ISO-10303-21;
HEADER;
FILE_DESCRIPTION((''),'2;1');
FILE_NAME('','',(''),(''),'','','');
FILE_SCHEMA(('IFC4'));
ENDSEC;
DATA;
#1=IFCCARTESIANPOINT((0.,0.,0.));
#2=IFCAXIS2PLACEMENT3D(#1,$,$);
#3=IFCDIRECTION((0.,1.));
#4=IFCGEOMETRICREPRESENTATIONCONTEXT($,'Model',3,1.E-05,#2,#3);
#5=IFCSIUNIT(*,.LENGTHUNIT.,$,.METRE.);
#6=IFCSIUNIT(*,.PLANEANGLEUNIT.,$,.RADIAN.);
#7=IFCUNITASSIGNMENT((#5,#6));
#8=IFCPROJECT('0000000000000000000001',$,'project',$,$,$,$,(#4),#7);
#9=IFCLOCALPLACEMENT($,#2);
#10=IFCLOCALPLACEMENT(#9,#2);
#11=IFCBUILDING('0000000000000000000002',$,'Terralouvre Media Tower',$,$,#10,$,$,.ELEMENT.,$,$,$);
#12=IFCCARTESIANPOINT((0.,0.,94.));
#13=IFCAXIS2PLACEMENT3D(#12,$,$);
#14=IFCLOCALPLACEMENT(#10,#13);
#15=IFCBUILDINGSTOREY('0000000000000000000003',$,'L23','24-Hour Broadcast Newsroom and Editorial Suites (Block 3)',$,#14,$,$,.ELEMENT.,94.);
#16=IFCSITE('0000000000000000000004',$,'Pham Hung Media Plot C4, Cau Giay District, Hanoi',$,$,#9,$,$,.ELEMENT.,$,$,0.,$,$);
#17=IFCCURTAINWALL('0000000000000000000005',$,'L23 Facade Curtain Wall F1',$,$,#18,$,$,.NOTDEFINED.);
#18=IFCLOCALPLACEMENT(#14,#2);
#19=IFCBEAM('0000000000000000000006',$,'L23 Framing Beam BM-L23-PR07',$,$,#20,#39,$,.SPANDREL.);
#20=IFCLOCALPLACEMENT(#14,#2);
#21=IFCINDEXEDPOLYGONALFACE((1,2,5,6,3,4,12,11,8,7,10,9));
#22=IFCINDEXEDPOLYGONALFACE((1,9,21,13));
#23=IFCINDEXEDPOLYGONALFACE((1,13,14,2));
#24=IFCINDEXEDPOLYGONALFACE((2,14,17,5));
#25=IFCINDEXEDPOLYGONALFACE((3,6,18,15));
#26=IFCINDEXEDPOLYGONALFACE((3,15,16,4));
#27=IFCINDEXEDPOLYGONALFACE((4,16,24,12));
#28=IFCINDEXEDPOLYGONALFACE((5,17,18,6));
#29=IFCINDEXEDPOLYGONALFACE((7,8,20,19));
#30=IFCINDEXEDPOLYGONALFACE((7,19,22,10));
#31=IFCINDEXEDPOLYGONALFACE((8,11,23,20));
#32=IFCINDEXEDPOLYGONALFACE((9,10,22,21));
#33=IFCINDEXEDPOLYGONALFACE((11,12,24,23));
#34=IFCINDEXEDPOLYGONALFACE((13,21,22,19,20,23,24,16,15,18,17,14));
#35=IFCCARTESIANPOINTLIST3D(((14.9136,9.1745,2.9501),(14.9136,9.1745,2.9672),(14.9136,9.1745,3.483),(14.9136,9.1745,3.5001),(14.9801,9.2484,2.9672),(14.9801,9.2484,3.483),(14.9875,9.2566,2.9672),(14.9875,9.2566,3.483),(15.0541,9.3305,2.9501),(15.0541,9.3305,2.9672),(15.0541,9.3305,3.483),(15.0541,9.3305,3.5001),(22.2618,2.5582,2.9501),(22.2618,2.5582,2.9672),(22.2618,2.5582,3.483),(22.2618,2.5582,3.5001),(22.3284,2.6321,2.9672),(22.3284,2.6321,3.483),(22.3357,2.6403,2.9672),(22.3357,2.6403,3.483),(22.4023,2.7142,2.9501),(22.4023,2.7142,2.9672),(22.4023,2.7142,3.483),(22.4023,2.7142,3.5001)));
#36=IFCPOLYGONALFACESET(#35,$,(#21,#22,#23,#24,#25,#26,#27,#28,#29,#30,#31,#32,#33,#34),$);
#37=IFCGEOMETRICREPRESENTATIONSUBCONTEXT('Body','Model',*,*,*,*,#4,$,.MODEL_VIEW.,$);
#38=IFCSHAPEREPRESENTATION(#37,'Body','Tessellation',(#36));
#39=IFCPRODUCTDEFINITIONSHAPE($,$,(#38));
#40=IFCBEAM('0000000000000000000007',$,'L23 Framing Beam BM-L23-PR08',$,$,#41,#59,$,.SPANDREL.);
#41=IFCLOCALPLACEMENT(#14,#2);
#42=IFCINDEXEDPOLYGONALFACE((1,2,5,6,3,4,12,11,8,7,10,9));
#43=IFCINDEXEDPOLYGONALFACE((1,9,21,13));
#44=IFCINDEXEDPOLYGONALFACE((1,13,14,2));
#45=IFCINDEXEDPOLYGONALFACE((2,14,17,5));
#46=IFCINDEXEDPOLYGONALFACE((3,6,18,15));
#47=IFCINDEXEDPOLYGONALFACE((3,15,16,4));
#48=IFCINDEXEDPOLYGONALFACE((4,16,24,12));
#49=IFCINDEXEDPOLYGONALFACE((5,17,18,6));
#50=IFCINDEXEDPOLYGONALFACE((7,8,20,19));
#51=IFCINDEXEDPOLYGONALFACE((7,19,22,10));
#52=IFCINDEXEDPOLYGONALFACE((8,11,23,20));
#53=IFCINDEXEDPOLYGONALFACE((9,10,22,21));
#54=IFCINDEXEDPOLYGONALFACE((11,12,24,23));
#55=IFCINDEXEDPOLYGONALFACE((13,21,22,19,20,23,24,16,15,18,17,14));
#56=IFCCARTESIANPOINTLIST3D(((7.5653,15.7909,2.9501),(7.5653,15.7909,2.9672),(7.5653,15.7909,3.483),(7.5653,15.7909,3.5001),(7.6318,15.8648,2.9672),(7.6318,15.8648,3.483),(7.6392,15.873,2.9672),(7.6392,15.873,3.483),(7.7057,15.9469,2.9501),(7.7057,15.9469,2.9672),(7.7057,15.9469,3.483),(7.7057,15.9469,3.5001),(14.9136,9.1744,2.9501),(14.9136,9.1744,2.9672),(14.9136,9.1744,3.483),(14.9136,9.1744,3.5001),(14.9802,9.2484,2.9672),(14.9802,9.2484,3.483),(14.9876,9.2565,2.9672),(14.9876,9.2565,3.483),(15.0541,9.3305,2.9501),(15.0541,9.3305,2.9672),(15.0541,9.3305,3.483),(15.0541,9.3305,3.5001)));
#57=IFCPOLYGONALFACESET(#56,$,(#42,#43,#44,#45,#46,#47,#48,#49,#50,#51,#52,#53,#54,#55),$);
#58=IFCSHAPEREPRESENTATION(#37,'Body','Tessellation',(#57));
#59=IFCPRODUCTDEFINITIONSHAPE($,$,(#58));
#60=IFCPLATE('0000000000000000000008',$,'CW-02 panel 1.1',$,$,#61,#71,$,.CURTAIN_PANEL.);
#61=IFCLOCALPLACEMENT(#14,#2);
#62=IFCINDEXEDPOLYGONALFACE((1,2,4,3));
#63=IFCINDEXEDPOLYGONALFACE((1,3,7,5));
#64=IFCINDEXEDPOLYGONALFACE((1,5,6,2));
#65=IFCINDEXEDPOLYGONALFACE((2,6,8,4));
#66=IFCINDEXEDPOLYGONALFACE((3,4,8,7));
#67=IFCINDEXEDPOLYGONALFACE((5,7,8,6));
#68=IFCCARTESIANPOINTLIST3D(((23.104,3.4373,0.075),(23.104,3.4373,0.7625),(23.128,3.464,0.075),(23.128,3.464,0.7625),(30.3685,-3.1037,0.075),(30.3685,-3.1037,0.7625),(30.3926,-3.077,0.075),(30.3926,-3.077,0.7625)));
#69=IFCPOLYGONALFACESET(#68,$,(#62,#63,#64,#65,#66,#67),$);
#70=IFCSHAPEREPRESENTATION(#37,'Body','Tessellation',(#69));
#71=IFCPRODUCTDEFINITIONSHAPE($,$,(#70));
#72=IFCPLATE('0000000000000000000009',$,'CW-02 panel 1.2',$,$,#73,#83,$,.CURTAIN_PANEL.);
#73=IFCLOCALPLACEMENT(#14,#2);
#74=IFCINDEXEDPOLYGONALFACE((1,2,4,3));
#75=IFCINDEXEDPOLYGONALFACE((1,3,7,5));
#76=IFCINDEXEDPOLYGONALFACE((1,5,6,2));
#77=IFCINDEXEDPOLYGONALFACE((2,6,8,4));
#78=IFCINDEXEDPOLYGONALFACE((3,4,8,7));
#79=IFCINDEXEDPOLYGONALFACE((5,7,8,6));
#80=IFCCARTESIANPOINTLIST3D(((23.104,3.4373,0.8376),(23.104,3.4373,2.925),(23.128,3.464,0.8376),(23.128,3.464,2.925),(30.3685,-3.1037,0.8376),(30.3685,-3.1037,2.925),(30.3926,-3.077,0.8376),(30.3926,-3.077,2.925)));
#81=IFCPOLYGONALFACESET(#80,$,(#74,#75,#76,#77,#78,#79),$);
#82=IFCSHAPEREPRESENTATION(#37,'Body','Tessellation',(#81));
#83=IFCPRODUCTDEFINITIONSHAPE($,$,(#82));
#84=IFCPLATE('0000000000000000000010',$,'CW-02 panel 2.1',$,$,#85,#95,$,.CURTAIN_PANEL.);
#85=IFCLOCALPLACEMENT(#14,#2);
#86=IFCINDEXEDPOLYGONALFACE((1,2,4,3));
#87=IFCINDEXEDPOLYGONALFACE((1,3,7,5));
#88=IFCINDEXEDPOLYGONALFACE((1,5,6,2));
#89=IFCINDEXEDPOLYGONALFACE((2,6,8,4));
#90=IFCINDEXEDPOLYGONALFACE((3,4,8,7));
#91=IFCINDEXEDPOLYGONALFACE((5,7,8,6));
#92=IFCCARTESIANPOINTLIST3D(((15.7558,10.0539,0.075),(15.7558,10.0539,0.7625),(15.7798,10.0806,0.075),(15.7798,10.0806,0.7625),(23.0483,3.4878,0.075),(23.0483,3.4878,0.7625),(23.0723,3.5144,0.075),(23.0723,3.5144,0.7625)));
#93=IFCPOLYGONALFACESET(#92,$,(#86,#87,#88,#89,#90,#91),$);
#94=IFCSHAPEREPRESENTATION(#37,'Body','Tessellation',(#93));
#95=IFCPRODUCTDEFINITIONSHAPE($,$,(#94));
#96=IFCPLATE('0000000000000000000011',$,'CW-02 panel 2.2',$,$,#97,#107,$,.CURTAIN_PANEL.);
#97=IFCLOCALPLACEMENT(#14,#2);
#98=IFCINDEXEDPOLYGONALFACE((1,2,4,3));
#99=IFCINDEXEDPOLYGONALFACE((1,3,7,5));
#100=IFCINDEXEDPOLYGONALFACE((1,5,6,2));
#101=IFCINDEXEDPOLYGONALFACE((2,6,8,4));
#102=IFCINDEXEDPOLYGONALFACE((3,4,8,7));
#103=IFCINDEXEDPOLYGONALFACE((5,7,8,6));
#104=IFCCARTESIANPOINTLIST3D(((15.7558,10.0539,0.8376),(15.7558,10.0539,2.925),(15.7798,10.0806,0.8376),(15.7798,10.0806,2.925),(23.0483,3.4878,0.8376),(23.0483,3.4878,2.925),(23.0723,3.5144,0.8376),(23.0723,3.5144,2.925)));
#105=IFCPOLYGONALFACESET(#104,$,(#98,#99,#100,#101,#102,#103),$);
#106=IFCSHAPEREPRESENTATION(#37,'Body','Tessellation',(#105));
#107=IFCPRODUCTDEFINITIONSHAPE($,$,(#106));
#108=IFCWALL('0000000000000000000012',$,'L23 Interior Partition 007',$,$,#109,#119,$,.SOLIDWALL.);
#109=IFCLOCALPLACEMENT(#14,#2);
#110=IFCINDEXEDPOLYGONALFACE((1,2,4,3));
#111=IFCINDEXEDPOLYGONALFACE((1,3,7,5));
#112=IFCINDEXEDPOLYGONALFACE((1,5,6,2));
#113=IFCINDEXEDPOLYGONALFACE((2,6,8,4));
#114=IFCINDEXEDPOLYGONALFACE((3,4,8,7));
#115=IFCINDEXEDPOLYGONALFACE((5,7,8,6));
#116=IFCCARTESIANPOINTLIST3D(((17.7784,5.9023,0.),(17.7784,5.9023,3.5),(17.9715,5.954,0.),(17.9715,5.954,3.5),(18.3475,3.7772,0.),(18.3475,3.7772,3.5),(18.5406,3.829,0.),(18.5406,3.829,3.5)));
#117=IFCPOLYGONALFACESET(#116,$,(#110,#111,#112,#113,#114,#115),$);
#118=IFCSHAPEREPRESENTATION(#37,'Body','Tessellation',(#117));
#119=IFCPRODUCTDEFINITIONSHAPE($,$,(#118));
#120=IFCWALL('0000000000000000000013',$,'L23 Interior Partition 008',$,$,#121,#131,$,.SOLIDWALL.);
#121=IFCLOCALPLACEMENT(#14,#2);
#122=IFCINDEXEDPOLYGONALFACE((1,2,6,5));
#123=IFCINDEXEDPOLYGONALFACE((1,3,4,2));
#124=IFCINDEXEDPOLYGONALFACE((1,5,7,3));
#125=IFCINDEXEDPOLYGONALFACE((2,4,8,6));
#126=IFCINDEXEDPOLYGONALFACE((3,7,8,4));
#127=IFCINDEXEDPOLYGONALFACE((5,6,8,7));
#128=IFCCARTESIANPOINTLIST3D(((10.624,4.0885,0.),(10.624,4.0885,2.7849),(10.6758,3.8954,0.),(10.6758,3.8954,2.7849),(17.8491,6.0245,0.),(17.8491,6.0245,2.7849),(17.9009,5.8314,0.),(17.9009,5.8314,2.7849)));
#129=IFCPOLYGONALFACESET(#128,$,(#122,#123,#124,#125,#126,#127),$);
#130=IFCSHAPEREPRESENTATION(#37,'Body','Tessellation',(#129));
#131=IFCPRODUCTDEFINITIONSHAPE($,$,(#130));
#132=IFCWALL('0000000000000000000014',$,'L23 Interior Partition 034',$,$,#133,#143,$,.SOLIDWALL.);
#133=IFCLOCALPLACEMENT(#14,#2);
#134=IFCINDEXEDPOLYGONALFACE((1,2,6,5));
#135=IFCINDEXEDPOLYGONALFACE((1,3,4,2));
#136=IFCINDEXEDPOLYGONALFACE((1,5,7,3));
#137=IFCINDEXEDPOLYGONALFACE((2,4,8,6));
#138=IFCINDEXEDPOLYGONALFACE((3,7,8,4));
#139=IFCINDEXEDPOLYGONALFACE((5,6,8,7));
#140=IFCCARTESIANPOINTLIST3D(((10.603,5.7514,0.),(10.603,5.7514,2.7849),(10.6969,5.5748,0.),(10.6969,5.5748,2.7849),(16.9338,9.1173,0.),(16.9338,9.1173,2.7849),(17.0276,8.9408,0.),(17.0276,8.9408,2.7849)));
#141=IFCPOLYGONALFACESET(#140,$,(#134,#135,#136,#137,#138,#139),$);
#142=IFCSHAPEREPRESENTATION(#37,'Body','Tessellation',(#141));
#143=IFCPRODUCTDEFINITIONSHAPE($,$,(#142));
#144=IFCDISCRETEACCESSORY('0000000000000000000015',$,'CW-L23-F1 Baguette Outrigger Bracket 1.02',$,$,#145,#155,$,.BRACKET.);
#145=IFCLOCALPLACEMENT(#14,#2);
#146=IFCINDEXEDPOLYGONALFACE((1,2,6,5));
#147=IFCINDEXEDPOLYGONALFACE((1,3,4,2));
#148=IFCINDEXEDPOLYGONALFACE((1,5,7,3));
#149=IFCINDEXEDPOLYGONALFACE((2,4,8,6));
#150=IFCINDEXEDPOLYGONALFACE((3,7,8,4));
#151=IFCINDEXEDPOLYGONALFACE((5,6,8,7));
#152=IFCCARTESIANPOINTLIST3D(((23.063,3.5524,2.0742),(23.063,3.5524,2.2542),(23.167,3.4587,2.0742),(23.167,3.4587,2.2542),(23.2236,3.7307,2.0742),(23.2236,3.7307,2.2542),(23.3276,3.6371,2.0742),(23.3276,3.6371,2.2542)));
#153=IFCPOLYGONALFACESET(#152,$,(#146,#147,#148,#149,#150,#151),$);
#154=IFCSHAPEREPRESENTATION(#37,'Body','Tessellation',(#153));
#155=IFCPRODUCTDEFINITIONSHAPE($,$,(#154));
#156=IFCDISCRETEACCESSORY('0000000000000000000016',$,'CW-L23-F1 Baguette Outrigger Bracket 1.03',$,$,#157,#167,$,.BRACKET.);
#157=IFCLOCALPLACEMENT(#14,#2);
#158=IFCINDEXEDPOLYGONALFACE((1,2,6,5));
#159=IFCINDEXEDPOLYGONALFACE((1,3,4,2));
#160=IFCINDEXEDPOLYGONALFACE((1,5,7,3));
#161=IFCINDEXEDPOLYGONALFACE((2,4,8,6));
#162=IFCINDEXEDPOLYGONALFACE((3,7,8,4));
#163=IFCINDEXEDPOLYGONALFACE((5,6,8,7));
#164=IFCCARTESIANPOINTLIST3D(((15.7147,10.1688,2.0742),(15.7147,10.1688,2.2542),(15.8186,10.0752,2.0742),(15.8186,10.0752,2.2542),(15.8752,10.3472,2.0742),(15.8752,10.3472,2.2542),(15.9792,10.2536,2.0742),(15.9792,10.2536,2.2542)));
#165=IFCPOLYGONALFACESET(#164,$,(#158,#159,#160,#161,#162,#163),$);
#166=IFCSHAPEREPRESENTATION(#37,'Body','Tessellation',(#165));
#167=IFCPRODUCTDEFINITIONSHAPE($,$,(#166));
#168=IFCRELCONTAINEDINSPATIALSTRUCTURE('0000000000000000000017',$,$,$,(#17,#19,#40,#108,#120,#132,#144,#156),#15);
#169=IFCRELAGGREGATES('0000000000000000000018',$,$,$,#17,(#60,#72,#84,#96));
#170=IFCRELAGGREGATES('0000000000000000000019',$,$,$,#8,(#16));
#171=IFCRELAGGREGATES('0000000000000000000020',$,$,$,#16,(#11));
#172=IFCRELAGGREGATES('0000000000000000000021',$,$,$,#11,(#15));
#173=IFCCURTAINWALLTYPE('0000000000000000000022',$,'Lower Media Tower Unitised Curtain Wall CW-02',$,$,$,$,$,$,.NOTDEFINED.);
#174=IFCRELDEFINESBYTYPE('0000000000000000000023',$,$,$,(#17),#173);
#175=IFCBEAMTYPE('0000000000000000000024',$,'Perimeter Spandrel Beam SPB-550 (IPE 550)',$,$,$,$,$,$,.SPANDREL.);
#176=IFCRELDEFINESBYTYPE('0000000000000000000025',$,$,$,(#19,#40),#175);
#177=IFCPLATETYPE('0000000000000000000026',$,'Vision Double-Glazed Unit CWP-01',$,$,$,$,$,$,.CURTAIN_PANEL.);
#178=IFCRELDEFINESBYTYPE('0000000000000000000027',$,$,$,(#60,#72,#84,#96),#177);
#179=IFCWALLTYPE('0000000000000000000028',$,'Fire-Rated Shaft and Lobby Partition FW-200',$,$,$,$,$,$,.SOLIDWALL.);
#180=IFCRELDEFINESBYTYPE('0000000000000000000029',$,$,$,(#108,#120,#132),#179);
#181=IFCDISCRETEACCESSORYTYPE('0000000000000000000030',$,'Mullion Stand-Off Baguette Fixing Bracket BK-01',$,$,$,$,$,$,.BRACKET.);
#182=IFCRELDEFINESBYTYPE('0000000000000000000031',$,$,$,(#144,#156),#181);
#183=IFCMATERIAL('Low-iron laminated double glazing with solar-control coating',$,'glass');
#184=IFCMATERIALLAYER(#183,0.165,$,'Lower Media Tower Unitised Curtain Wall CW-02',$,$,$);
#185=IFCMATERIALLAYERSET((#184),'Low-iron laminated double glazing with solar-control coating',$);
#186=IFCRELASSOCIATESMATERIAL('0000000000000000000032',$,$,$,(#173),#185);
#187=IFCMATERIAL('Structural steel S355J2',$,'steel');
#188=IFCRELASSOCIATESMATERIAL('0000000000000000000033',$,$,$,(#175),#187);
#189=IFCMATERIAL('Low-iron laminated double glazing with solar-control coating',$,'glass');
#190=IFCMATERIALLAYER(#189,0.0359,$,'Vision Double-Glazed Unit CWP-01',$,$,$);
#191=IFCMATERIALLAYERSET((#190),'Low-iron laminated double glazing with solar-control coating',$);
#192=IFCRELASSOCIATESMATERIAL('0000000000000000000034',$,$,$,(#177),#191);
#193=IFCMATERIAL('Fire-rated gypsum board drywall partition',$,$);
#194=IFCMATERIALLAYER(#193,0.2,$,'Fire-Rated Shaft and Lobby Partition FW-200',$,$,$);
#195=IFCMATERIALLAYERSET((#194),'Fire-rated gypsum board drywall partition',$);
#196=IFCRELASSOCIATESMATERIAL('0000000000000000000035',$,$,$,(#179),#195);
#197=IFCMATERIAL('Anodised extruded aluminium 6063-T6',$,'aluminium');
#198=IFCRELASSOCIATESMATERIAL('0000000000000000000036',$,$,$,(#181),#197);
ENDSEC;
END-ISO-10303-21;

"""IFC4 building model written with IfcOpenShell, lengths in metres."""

from ifc_helpers import new_model, si_unit, direction, frame, frame_2d, origin, origin_2d, place, context, subcontext, project, spatial, rectangle, i_section, extrude, material, layer, layer_set, material_profile, profile_set, type_object, element, aggregate, save


model = new_model("IFC4")

# Units and contexts
model_context = context("Model", 3, precision=1e-05, world=origin(), true_north=direction((0.0, 1.0)))
body_context = subcontext(model_context, "Body", "Model", "MODEL_VIEW")
ifc_project = project(units=[si_unit("LENGTHUNIT", "METRE"), si_unit("PLANEANGLEUNIT", "RADIAN")], contexts=[model_context])

# Site, building, storey
site_placement = place(None, origin())
site = spatial("IfcSite", under=ifc_project, at=site_placement, Name="Pham Hung Media Plot C4, Cau Giay District, Hanoi", CompositionType="ELEMENT", RefElevation=0.0)
building_placement = place(site_placement, origin())
building = spatial("IfcBuilding", under=site, at=building_placement, Name="Terralouvre Media Tower", CompositionType="ELEMENT")
storey_placement = place(building_placement, frame((0.0, 0.0, 94.0)))
storey = spatial("IfcBuildingStorey", under=building, at=storey_placement, Name="L23", Description="24-Hour Broadcast Newsroom and Editorial Suites (Block 3)", CompositionType="ELEMENT", Elevation=94.0)

# Curtain wall
ifc_material_1 = material(Name="Low-iron laminated double glazing with solar-control coating", Category="glass")
ifc_layer_1 = layer(ifc_material_1, 0.165, Name="Lower Media Tower Unitised Curtain Wall CW-02")
ifc_layer_set_1 = layer_set([ifc_layer_1], Name="Low-iron laminated double glazing with solar-control coating")
curtain_wall_type = type_object("IfcCurtainWallType", Name="Lower Media Tower Unitised Curtain Wall CW-02", PredefinedType="NOTDEFINED", material=ifc_layer_set_1)
curtain_wall_placement = place(storey_placement, origin())
curtain_wall = element("IfcCurtainWall", 1, at=curtain_wall_placement, inside=storey, type_object=curtain_wall_type, Name="L23 Facade Curtain Wall F1", PredefinedType="NOTDEFINED")

# Beams
ifc_material_2 = material(Name="Structural steel S355J2", Category="steel")
ifc_material_profile_1 = material_profile(ifc_material_2, i_section(OverallWidth=0.21, OverallDepth=0.55, WebThickness=0.011, FlangeThickness=0.0171, at=origin_2d()), Name="IPE 550")
ifc_profile_set_1 = profile_set([ifc_material_profile_1], Name="Structural steel S355J2")
beam_type_1 = type_object("IfcBeamType", Name="Perimeter Spandrel Beam SPB-550 (IPE 550)", PredefinedType="SPANDREL", material=ifc_profile_set_1)
beam_1_placement = place(storey_placement, frame((22.332, 2.6362, 3.2251), z_axis=(-0.743149, 0.669126, 0.0), x_axis=(-0.669126, -0.743149, 0.0)))
element("IfcBeam", 2, at=beam_1_placement, inside=storey, type_object=beam_type_1, Name="L23 Framing Beam BM-L23-PR07", PredefinedType="SPANDREL", context=body_context, shape_type="SweptSolid", body=[
    extrude(i_section(OverallWidth=0.21, OverallDepth=0.55, WebThickness=0.011, FlangeThickness=0.0171, at=origin_2d()), origin(), (0.0, 0.0, 1.0), 9.8879),
])
beam_2_placement = place(storey_placement, frame((14.9839, 9.2524, 3.2251), z_axis=(-0.743148, 0.669127, 0.0), x_axis=(-0.669127, -0.743148, 0.0)))
element("IfcBeam", 3, at=beam_2_placement, inside=storey, type_object=beam_type_1, Name="L23 Framing Beam BM-L23-PR08", PredefinedType="SPANDREL", context=body_context, shape_type="SweptSolid", body=[
    extrude(i_section(OverallWidth=0.21, OverallDepth=0.55, WebThickness=0.011, FlangeThickness=0.0171, at=origin_2d()), origin(), (0.0, 0.0, 1.0), 9.8882),
])

# Plates
ifc_material_3 = material(Name="Low-iron laminated double glazing with solar-control coating", Category="glass")
ifc_layer_2 = layer(ifc_material_3, 0.0359, Name="Vision Double-Glazed Unit CWP-01")
ifc_layer_set_2 = layer_set([ifc_layer_2], Name="Low-iron laminated double glazing with solar-control coating")
plate_type = type_object("IfcPlateType", Name="Vision Double-Glazed Unit CWP-01", PredefinedType="CURTAIN_PANEL", material=ifc_layer_set_2)
plate_1_placement = place(storey_placement, frame((26.7483, 0.1802, 0.075), z_axis=(0.0, 0.0, 1.0), x_axis=(-0.743145, 0.669131, 0.0)))
plate_1 = element("IfcPlate", 4, at=plate_1_placement, type_object=plate_type, Name="CW-02 panel 1.1", PredefinedType="CURTAIN_PANEL", context=body_context, shape_type="SweptSolid", body=[
    extrude(rectangle(XDim=9.7754, YDim=0.0359, at=origin_2d()), origin(), (0.0, 0.0, 1.0), 0.6875),
])
plate_2_placement = place(storey_placement, frame((26.7483, 0.1802, 0.8376), z_axis=(0.0, 0.0, 1.0), x_axis=(-0.743145, 0.669131, 0.0)))
plate_2 = element("IfcPlate", 5, at=plate_2_placement, type_object=plate_type, Name="CW-02 panel 1.2", PredefinedType="CURTAIN_PANEL", context=body_context, shape_type="SweptSolid", body=[
    extrude(rectangle(XDim=9.7754, YDim=0.0359, at=origin_2d()), origin(), (0.0, 0.0, 1.0), 2.0874),
])
plate_3_placement = place(storey_placement, frame((19.4141, 6.7842, 0.075), z_axis=(0.0, 0.0, 1.0), x_axis=(-0.743145, 0.669131, 0.0)))
plate_3 = element("IfcPlate", 6, at=plate_3_placement, type_object=plate_type, Name="CW-02 panel 2.1", PredefinedType="CURTAIN_PANEL", context=body_context, shape_type="SweptSolid", body=[
    extrude(rectangle(XDim=9.813, YDim=0.0359, at=origin_2d()), origin(), (0.0, 0.0, 1.0), 0.6875),
])
plate_4_placement = place(storey_placement, frame((19.4141, 6.7842, 0.8376), z_axis=(0.0, 0.0, 1.0), x_axis=(-0.743145, 0.669131, 0.0)))
plate_4 = element("IfcPlate", 7, at=plate_4_placement, type_object=plate_type, Name="CW-02 panel 2.2", PredefinedType="CURTAIN_PANEL", context=body_context, shape_type="SweptSolid", body=[
    extrude(rectangle(XDim=9.813, YDim=0.0359, at=origin_2d()), origin(), (0.0, 0.0, 1.0), 2.0874),
])
aggregate(curtain_wall, [plate_1, plate_2, plate_3, plate_4])

# Walls
ifc_material_4 = material(Name="Fire-rated gypsum board drywall partition")
ifc_layer_3 = layer(ifc_material_4, 0.2, Name="Fire-Rated Shaft and Lobby Partition FW-200")
ifc_layer_set_3 = layer_set([ifc_layer_3], Name="Fire-rated gypsum board drywall partition")
wall_type = type_object("IfcWallType", Name="Fire-Rated Shaft and Lobby Partition FW-200", PredefinedType="SOLIDWALL", material=ifc_layer_set_3)
wall_1_placement = place(storey_placement, frame((18.4441, 3.803, 0.0), z_axis=(0.0, 0.0, 1.0), x_axis=(-0.258692, 0.96596, 0.0)))
element("IfcWall", 8, at=wall_1_placement, inside=storey, type_object=wall_type, Name="L23 Interior Partition 007", PredefinedType="SOLIDWALL", context=body_context, shape_type="SweptSolid", body=[
    extrude(rectangle(XDim=2.2, YDim=0.2, at=frame_2d((1.1001, 0.0))), origin(), (0.0, 0.0, 1.0), 3.5),
])
wall_2_placement = place(storey_placement, frame((17.875, 5.928, 0.0), z_axis=(0.0, 0.0, 1.0), x_axis=(-0.965923, -0.258829, 0.0)))
element("IfcWall", 9, at=wall_2_placement, inside=storey, type_object=wall_type, Name="L23 Interior Partition 008", PredefinedType="SOLIDWALL", context=body_context, shape_type="SweptSolid", body=[
    extrude(rectangle(XDim=7.48, YDim=0.2, at=frame_2d((3.74, 0.0))), origin(), (0.0, 0.0, 1.0), 2.7849),
])
wall_3_placement = place(storey_placement, frame((16.9807, 9.0291, 0.0), z_axis=(0.0, 0.0, 1.0), x_axis=(-0.882958, -0.469451, 0.0)))
element("IfcWall", 10, at=wall_3_placement, inside=storey, type_object=wall_type, Name="L23 Interior Partition 034", PredefinedType="SOLIDWALL", context=body_context, shape_type="SweptSolid", body=[
    extrude(rectangle(XDim=7.1699, YDim=0.2, at=frame_2d((3.585, 0.0))), origin(), (0.0, 0.0, 1.0), 2.7849),
])

# Discrete accessories
ifc_material_5 = material(Name="Anodised extruded aluminium 6063-T6", Category="aluminium")
discrete_accessory_type = type_object("IfcDiscreteAccessoryType", Name="Mullion Stand-Off Baguette Fixing Bracket BK-01", PredefinedType="BRACKET", material=ifc_material_5)
for number, where, z_axis, x_axis, name in (
    (11, (23.1953, 3.5947, 2.0742), (0.0, 0.0, 1.0), (-0.743145, 0.669131, 0.0), "CW-L23-F1 Baguette Outrigger Bracket 1.02"),
    (12, (15.8469, 10.2112, 2.0742), (0.0, 0.0, 1.0), (-0.743145, 0.669131, 0.0), "CW-L23-F1 Baguette Outrigger Bracket 1.03"),
):
    element("IfcDiscreteAccessory", number, at=place(storey_placement, frame(where, z_axis=z_axis, x_axis=x_axis)), inside=storey, type_object=discrete_accessory_type, Name=name, PredefinedType="BRACKET", context=body_context, shape_type="SweptSolid", body=[
        extrude(rectangle(XDim=0.1399, YDim=0.24, at=origin_2d()), origin(), (0.0, 0.0, 1.0), 0.1799),
    ])

save(model, "model.ifc")
